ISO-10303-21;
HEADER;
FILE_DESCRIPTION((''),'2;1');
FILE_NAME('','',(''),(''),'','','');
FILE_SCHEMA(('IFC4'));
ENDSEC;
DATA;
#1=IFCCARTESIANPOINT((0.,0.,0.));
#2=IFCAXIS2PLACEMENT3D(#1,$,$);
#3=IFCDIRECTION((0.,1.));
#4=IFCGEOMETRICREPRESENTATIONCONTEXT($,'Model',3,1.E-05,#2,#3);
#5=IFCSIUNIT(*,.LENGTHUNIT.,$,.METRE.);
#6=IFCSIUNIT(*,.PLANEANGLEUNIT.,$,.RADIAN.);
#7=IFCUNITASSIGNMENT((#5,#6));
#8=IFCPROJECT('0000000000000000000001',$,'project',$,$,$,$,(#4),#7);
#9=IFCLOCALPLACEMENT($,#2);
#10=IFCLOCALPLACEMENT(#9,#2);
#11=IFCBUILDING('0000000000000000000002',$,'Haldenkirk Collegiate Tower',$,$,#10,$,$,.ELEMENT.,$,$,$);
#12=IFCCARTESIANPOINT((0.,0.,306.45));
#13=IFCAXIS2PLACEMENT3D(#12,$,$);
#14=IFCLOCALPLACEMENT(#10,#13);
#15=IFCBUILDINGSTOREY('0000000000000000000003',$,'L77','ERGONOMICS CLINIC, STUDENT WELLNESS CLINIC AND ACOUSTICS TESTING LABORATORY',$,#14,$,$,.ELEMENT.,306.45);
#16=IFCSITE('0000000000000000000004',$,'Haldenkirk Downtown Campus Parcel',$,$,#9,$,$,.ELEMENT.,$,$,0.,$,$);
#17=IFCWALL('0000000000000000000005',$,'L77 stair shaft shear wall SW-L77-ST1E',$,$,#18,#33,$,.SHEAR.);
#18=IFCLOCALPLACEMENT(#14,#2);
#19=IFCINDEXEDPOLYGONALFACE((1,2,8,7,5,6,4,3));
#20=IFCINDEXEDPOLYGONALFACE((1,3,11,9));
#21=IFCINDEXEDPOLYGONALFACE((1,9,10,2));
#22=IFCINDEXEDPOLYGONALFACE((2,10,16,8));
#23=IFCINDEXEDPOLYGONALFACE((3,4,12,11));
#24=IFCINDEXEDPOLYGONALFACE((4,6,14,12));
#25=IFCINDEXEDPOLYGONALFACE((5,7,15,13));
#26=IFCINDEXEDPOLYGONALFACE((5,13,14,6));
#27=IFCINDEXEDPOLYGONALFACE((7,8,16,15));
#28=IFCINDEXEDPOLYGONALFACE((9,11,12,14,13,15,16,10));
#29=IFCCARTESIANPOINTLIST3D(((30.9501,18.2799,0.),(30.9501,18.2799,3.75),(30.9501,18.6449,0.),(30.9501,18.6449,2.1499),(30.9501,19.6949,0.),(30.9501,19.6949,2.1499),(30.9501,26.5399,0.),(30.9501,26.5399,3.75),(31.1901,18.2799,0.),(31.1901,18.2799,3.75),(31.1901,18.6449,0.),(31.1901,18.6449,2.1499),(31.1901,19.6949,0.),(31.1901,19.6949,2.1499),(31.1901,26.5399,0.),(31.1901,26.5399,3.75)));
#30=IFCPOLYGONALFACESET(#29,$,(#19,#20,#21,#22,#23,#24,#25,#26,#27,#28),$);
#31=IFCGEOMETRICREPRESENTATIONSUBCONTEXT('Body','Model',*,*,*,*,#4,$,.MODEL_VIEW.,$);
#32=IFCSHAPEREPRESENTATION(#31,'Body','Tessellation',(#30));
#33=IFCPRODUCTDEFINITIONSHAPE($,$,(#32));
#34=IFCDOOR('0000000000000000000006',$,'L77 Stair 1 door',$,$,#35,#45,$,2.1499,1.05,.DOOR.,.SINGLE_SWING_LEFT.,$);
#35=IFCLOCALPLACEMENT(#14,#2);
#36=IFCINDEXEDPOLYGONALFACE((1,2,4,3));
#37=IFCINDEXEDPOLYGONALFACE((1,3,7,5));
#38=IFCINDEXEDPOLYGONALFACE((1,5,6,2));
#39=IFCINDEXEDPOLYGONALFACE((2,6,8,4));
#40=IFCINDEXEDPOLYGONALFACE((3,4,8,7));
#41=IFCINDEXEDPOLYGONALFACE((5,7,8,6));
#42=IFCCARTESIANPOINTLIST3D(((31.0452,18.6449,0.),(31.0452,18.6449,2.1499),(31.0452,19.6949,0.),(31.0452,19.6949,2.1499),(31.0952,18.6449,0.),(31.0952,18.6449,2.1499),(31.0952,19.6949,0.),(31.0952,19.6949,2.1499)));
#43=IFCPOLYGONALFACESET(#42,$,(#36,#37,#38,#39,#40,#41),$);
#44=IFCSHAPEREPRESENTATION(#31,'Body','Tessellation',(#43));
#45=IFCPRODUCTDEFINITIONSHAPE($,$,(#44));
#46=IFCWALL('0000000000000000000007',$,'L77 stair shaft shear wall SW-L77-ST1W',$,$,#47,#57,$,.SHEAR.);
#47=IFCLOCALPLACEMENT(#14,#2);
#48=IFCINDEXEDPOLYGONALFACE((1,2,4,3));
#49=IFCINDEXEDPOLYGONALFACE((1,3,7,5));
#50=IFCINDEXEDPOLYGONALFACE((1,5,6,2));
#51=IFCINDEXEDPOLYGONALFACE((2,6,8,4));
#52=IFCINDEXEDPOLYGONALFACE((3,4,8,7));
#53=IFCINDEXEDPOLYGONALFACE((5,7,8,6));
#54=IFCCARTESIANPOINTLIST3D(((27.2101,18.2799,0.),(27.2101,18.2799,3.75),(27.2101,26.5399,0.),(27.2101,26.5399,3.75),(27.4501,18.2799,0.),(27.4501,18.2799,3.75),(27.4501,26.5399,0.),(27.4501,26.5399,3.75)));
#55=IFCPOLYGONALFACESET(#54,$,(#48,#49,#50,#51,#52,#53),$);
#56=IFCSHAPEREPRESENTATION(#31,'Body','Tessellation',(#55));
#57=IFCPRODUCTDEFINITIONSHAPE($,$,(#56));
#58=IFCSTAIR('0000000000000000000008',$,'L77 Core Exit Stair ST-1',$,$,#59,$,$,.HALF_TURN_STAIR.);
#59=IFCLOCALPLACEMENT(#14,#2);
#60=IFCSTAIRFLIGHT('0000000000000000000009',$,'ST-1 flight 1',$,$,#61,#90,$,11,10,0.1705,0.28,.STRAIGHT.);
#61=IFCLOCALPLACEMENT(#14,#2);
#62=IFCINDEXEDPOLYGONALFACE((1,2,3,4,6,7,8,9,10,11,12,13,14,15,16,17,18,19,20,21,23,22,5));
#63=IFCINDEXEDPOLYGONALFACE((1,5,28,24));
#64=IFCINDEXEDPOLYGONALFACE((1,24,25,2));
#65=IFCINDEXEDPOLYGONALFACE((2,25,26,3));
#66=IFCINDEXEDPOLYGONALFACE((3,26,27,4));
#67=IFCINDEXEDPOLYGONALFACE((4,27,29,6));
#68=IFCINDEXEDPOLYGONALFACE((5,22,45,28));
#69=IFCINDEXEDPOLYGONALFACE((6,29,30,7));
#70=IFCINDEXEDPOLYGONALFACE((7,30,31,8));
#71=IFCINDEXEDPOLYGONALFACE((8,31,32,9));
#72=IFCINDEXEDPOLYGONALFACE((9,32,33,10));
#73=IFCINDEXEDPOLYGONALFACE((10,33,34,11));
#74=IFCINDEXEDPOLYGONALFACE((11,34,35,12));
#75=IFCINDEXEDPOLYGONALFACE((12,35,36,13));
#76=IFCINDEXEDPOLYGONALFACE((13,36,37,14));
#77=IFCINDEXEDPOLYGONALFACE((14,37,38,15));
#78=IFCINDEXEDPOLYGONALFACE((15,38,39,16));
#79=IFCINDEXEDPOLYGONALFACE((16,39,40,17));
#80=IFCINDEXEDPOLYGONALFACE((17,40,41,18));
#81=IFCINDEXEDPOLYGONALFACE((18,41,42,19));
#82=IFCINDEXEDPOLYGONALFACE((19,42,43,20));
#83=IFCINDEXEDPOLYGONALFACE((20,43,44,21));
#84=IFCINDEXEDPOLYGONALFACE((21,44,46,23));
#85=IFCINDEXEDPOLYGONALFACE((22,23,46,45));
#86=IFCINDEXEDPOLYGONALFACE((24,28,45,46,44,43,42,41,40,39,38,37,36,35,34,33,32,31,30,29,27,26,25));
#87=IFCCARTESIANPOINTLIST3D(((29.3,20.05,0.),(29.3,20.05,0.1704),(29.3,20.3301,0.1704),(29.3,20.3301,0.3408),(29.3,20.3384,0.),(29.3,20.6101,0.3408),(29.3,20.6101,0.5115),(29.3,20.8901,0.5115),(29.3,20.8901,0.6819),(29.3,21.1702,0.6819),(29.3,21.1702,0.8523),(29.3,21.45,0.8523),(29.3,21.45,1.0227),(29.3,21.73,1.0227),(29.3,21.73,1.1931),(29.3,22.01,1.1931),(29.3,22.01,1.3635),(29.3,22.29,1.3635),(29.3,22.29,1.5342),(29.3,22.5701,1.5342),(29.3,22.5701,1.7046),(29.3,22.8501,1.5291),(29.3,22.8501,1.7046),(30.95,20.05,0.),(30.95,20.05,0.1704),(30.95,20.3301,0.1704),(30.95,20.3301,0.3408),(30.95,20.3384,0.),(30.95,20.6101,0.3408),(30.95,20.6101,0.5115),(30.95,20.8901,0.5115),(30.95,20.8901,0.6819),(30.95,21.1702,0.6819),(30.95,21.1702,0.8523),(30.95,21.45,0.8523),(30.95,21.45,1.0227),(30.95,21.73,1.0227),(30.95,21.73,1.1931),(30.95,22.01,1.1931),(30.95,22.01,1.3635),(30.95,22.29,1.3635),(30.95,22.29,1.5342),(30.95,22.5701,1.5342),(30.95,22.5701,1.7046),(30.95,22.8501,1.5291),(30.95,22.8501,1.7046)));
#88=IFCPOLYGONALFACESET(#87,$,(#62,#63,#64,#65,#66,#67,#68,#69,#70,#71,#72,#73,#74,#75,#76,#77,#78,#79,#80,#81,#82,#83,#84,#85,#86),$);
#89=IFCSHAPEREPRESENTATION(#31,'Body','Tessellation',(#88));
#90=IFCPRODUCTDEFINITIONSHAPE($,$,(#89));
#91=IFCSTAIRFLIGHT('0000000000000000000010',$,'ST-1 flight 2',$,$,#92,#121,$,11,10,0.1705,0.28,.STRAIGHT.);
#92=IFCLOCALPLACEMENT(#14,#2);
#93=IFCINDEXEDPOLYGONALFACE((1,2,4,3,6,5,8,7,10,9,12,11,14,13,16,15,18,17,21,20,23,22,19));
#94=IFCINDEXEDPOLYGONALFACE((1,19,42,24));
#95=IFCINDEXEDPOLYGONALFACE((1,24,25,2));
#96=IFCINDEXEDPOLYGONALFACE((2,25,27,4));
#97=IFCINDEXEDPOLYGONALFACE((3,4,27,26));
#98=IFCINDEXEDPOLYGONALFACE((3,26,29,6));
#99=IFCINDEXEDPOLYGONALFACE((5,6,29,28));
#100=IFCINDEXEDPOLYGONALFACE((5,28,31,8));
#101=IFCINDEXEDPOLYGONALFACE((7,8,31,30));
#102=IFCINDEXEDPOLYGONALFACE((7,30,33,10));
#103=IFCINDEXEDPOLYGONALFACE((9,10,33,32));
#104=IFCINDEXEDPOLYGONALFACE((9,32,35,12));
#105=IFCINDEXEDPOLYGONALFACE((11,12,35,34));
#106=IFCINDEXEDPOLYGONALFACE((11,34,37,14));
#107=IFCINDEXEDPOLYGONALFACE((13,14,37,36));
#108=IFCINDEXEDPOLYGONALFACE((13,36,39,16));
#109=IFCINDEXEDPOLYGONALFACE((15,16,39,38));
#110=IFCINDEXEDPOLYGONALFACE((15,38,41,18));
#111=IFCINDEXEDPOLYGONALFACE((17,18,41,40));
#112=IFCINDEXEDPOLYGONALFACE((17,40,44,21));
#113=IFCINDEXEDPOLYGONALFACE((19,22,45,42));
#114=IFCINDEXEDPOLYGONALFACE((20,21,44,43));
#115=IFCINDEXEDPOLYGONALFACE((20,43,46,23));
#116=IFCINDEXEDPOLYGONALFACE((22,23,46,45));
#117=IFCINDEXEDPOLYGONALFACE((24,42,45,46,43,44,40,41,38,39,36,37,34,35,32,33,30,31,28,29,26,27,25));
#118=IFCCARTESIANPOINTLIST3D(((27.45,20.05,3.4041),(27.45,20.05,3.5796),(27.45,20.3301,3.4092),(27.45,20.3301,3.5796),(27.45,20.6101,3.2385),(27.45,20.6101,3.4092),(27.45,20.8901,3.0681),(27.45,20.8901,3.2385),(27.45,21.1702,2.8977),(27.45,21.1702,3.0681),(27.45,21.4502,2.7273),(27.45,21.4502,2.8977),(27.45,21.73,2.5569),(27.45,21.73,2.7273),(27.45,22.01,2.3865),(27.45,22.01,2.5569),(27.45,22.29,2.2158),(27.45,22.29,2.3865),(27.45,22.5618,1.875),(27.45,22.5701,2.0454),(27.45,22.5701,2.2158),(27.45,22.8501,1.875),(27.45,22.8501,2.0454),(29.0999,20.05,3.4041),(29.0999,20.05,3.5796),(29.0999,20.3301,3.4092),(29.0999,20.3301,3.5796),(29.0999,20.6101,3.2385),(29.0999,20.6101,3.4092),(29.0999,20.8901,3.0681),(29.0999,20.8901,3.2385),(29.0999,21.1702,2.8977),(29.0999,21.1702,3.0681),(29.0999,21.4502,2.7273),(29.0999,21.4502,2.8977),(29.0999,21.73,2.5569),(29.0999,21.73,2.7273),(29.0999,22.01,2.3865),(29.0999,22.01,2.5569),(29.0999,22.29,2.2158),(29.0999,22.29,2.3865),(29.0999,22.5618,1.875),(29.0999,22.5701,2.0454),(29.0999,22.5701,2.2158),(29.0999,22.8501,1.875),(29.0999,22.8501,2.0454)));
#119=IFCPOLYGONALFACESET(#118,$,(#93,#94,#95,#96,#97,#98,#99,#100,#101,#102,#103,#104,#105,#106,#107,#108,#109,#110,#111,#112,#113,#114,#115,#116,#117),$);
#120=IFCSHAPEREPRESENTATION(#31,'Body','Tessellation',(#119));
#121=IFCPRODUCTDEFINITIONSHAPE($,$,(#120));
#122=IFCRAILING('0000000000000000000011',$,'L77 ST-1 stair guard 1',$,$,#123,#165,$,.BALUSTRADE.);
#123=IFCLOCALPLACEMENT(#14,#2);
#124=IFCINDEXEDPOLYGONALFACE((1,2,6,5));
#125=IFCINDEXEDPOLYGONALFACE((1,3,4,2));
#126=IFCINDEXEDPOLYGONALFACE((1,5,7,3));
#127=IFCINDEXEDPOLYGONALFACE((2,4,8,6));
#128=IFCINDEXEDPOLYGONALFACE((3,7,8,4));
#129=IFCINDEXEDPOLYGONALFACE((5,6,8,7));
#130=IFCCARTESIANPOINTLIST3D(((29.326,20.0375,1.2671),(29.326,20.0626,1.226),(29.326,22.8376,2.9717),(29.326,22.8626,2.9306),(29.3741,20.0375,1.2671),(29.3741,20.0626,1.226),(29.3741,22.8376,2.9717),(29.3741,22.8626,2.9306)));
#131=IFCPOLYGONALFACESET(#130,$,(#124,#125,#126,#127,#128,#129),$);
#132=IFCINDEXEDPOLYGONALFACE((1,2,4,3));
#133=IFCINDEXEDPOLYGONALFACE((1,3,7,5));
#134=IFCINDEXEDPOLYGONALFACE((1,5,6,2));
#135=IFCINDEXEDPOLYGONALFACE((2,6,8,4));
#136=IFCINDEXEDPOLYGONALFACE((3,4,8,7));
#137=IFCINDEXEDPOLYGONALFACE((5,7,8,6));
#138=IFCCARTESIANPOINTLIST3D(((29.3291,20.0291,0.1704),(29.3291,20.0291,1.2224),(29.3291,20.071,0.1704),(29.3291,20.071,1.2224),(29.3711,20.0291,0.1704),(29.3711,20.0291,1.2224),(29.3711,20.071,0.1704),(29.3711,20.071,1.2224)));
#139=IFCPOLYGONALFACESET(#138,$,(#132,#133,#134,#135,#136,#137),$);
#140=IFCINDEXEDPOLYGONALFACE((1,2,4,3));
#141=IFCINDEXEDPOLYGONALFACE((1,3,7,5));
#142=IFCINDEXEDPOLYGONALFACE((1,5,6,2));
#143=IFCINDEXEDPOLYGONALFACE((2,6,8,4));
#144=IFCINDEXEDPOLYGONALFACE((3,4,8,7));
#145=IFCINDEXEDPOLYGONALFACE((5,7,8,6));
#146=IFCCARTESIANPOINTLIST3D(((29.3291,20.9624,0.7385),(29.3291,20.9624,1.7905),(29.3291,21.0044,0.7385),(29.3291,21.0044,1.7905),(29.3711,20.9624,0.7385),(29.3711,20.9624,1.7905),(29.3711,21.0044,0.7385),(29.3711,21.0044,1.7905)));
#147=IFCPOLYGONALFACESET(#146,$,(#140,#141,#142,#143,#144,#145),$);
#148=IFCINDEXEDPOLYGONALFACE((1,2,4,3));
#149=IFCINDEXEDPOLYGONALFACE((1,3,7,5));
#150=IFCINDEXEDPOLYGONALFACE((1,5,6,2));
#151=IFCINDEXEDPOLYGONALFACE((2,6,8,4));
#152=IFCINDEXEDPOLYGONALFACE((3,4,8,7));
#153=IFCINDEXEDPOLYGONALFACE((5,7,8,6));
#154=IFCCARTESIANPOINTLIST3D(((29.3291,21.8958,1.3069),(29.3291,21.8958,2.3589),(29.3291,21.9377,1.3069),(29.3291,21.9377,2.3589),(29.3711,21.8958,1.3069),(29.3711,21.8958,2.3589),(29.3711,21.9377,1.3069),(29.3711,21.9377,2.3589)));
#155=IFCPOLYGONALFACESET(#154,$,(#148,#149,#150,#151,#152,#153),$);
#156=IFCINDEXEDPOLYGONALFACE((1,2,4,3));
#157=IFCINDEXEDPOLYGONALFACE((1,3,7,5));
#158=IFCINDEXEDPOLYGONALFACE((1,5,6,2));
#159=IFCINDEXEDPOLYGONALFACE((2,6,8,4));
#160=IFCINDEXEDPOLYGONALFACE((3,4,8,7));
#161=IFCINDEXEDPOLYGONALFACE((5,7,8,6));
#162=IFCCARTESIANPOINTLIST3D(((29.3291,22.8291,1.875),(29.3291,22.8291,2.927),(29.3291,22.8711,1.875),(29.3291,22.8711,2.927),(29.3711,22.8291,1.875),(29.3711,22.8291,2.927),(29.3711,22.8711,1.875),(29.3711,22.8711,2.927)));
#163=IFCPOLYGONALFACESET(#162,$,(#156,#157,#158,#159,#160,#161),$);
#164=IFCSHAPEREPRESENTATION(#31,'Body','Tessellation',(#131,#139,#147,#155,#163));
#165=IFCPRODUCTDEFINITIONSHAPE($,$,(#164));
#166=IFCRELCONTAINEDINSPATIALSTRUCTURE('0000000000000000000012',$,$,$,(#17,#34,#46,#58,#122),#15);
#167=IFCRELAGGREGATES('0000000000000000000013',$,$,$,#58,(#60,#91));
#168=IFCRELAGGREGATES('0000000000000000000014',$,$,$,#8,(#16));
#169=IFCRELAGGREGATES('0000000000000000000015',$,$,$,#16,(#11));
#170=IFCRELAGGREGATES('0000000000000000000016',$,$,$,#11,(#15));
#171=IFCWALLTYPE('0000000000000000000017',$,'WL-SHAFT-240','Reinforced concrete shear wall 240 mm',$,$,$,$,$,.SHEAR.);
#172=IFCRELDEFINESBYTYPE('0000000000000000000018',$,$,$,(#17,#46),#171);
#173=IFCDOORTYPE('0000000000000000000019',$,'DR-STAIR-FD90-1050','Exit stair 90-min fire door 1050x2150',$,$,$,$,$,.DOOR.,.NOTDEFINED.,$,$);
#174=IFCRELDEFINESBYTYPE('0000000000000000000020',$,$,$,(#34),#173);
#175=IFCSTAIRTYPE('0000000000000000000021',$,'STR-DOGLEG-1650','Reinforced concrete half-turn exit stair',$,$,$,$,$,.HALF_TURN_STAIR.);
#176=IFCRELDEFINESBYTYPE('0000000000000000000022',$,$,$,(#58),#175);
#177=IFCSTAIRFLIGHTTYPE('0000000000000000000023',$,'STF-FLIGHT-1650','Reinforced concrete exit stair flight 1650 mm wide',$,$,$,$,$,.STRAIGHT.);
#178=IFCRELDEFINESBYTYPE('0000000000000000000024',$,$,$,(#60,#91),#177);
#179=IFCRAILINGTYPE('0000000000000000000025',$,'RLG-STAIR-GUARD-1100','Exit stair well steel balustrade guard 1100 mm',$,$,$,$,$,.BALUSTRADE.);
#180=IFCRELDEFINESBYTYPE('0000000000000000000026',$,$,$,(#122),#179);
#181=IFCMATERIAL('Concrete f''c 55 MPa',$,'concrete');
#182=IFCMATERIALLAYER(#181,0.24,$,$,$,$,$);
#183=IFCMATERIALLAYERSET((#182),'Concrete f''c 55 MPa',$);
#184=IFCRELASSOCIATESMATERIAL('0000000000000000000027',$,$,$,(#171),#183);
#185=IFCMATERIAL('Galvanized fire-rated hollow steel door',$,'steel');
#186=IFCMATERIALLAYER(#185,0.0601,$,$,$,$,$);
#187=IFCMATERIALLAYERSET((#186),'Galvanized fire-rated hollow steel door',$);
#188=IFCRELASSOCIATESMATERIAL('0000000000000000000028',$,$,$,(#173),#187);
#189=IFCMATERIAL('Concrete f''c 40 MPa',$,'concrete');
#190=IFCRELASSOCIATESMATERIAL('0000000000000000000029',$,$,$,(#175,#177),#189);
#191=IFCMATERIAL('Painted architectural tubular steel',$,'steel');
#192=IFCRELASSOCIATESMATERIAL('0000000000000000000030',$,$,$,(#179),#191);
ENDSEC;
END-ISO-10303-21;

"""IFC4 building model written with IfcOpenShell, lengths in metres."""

from ifc_helpers import new_model, si_unit, direction, frame, frame_2d, origin, origin_2d, place, context, subcontext, project, spatial, polyline, rectangle, outline, extrude, material, layer, layer_set, type_object, element, fill, aggregate, save


model = new_model("IFC4")

# Units and contexts
model_context = context("Model", 3, precision=1e-05, world=origin(), true_north=direction((0.0, 1.0)))
body_context = subcontext(model_context, "Body", "Model", "MODEL_VIEW")
ifc_project = project(units=[si_unit("LENGTHUNIT", "METRE"), si_unit("PLANEANGLEUNIT", "RADIAN")], contexts=[model_context])

# Site, building, storey
site_placement = place(None, origin())
site = spatial("IfcSite", under=ifc_project, at=site_placement, Name="Haldenkirk Downtown Campus Parcel", CompositionType="ELEMENT", RefElevation=0.0)
building_placement = place(site_placement, origin())
building = spatial("IfcBuilding", under=site, at=building_placement, Name="Haldenkirk Collegiate Tower", CompositionType="ELEMENT")
storey_placement = place(building_placement, frame((0.0, 0.0, 306.45)))
storey = spatial("IfcBuildingStorey", under=building, at=storey_placement, Name="L77", Description="ERGONOMICS CLINIC, STUDENT WELLNESS CLINIC AND ACOUSTICS TESTING LABORATORY", CompositionType="ELEMENT", Elevation=306.45)

# Shared definitions
ifc_material_1 = material(Name="Concrete f'c 55 MPa", Category="concrete")
ifc_material_2 = material(Name="Galvanized fire-rated hollow steel door", Category="steel")

# Wall, opening, door
ifc_layer_1 = layer(ifc_material_1, 0.24)
ifc_layer_set_1 = layer_set([ifc_layer_1], Name="Concrete f'c 55 MPa")
wall_type_1 = type_object("IfcWallType", Name="WL-SHAFT-240", Description="Reinforced concrete shear wall 240 mm", PredefinedType="SHEAR", material=ifc_layer_set_1)
wall_1_placement = place(storey_placement, frame((31.0701, 18.28, 0.0), z_axis=(0.0, 0.0, 1.0), x_axis=(0.0, 1.0, 0.0)))
wall_1 = element("IfcWall", 1, at=wall_1_placement, inside=storey, type_object=wall_type_1, Name="L77 stair shaft shear wall SW-L77-ST1E", PredefinedType="SHEAR", context=body_context, shape_type="SweptSolid", body=[
    extrude(rectangle(XDim=8.26, YDim=0.24, at=frame_2d((4.1299, 0.0))), origin(), (0.0, 0.0, 1.0), 3.75),
])
opening_1_placement = place(wall_1_placement, frame((0.365, 0.0, 0.0)))
opening_1 = element("IfcOpeningElement", 2, at=opening_1_placement, cuts=wall_1, PredefinedType="OPENING", context=body_context, shape_type="SweptSolid", body=[
    extrude(rectangle(XDim=1.05, YDim=2.1499, at=frame_2d((0.5249, 1.075))), frame((0.0, 0.1299, 0.0), z_axis=(0.0, -1.0, 0.0), x_axis=(1.0, 0.0, 0.0)), (0.0, 0.0, 1.0), 0.26),
])
ifc_layer_2 = layer(ifc_material_2, 0.0601)
ifc_layer_set_2 = layer_set([ifc_layer_2], Name="Galvanized fire-rated hollow steel door")
door_type_1 = type_object("IfcDoorType", Name="DR-STAIR-FD90-1050", Description="Exit stair 90-min fire door 1050x2150", OperationType="NOTDEFINED", PredefinedType="DOOR", material=ifc_layer_set_2)
door_1_placement = place(opening_1_placement, origin())
door_1 = element("IfcDoor", 3, at=door_1_placement, inside=storey, type_object=door_type_1, Name="L77 Stair 1 door", OperationType="SINGLE_SWING_LEFT", OverallHeight=2.1499, OverallWidth=1.05, PredefinedType="DOOR", context=body_context, shape_type="SweptSolid", body=[
    extrude(rectangle(XDim=1.05, YDim=2.1499, at=frame_2d((0.5249, 1.075))), frame((0.0, 0.0249, 0.0), z_axis=(0.0, -1.0, 0.0), x_axis=(1.0, 0.0, 0.0)), (0.0, 0.0, 1.0), 0.05),
])
fill(opening_1, door_1)

# Wall
wall_2_placement = place(storey_placement, frame((27.3301, 18.28, 0.0), z_axis=(0.0, 0.0, 1.0), x_axis=(0.0, 1.0, 0.0)))
element("IfcWall", 4, at=wall_2_placement, inside=storey, type_object=wall_type_1, Name="L77 stair shaft shear wall SW-L77-ST1W", PredefinedType="SHEAR", context=body_context, shape_type="SweptSolid", body=[
    extrude(rectangle(XDim=8.26, YDim=0.24, at=frame_2d((4.1299, 0.0))), origin(), (0.0, 0.0, 1.0), 3.75),
])

# Stair, stair flights
ifc_material_3 = material(Name="Concrete f'c 40 MPa", Category="concrete")
stair_type = type_object("IfcStairType", Name="STR-DOGLEG-1650", Description="Reinforced concrete half-turn exit stair", PredefinedType="HALF_TURN_STAIR", material=ifc_material_3)
stair_placement = place(storey_placement, origin())
stair = element("IfcStair", 5, at=stair_placement, inside=storey, type_object=stair_type, Name="L77 Core Exit Stair ST-1", PredefinedType="HALF_TURN_STAIR")
stair_flight_type = type_object("IfcStairFlightType", Name="STF-FLIGHT-1650", Description="Reinforced concrete exit stair flight 1650 mm wide", PredefinedType="STRAIGHT", material=ifc_material_3)
stair_flight_1_placement = place(storey_placement, frame((30.125, 20.05, 0.0), z_axis=(0.0, 0.0, 1.0), x_axis=(0.0, 1.0, 0.0)))
stair_flight_1 = element("IfcStairFlight", 6, at=stair_flight_1_placement, type_object=stair_flight_type, Name="ST-1 flight 1", NumberOfRisers=11, NumberOfTreads=10, PredefinedType="STRAIGHT", RiserHeight=0.1705, TreadLength=0.28, context=body_context, shape_type="SweptSolid", body=[
    extrude(outline(polyline([(0.0, 0.0), (0.0, 0.1704), (0.28, 0.1704), (0.28, 0.3408), (0.5601, 0.3408), (0.5601, 0.5115), (0.8401, 0.5115), (0.8401, 0.6819), (1.1201, 0.6819), (1.1201, 0.8523), (1.3999, 0.8523), (1.3999, 1.0227), (1.6799, 1.0227), (1.6799, 1.1931), (1.96, 1.1931), (1.96, 1.3635), (2.24, 1.3635), (2.24, 1.5342), (2.52, 1.5342), (2.52, 1.7046), (2.8, 1.7046), (2.8, 1.875), (2.8, 1.5291), (0.2883, 0.0), (0.0, 0.0)])), frame((0.0, 0.825, 0.0), z_axis=(0.0, -1.0, 0.0), x_axis=(1.0, 0.0, 0.0)), (0.0, 0.0, 1.0), 1.6499),
])
stair_flight_2_placement = place(storey_placement, frame((28.2749, 22.8501, 1.875), z_axis=(0.0, 0.0, 1.0), x_axis=(0.0, -1.0, 0.0)))
stair_flight_2 = element("IfcStairFlight", 7, at=stair_flight_2_placement, type_object=stair_flight_type, Name="ST-1 flight 2", NumberOfRisers=11, NumberOfTreads=10, PredefinedType="STRAIGHT", RiserHeight=0.1705, TreadLength=0.28, context=body_context, shape_type="SweptSolid", body=[
    extrude(outline(polyline([(0.0, 0.0), (0.0, 0.1704), (0.28, 0.1704), (0.28, 0.3408), (0.5601, 0.3408), (0.5601, 0.5115), (0.8401, 0.5115), (0.8401, 0.6819), (1.1201, 0.6819), (1.1201, 0.8523), (1.3999, 0.8523), (1.3999, 1.0227), (1.6799, 1.0227), (1.6799, 1.1931), (1.96, 1.1931), (1.96, 1.3635), (2.24, 1.3635), (2.24, 1.5342), (2.52, 1.5342), (2.52, 1.7046), (2.8, 1.7046), (2.8, 1.875), (2.8, 1.5291), (0.2883, 0.0), (0.0, 0.0)])), frame((0.0, 0.825, 0.0), z_axis=(0.0, -1.0, 0.0), x_axis=(1.0, 0.0, 0.0)), (0.0, 0.0, 1.0), 1.6499),
])
aggregate(stair, [stair_flight_1, stair_flight_2])

# Railing
ifc_material_4 = material(Name="Painted architectural tubular steel", Category="steel")
railing_type_1 = type_object("IfcRailingType", Name="RLG-STAIR-GUARD-1100", Description="Exit stair well steel balustrade guard 1100 mm", PredefinedType="BALUSTRADE", material=ifc_material_4)
railing_1_placement = place(storey_placement, frame((29.3501, 20.05, 0.1704)))
element("IfcRailing", 8, at=railing_1_placement, inside=storey, type_object=railing_type_1, Name="L77 ST-1 stair guard 1", PredefinedType="BALUSTRADE", context=body_context, shape_type="SweptSolid", body=[
    extrude(rectangle(XDim=0.0481, YDim=0.0481, at=origin_2d()), frame((0.0, 0.0, 1.0762), z_axis=(0.0, 0.85417, 0.519994), x_axis=(-1.0, 0.0, 0.0)), (0.0, 0.0, 1.0), 3.2781),
    extrude(rectangle(XDim=0.042, YDim=0.042, at=origin_2d()), origin(), (0.0, 0.0, 1.0), 1.052),
    extrude(rectangle(XDim=0.042, YDim=0.042, at=origin_2d()), frame((0.0, 0.9333, 0.5681)), (0.0, 0.0, 1.0), 1.052),
    extrude(rectangle(XDim=0.042, YDim=0.042, at=origin_2d()), frame((0.0, 1.8667, 1.1365)), (0.0, 0.0, 1.0), 1.052),
    extrude(rectangle(XDim=0.042, YDim=0.042, at=origin_2d()), frame((0.0, 2.8, 1.7046)), (0.0, 0.0, 1.0), 1.052),
])

save(model, "model.ifc")
